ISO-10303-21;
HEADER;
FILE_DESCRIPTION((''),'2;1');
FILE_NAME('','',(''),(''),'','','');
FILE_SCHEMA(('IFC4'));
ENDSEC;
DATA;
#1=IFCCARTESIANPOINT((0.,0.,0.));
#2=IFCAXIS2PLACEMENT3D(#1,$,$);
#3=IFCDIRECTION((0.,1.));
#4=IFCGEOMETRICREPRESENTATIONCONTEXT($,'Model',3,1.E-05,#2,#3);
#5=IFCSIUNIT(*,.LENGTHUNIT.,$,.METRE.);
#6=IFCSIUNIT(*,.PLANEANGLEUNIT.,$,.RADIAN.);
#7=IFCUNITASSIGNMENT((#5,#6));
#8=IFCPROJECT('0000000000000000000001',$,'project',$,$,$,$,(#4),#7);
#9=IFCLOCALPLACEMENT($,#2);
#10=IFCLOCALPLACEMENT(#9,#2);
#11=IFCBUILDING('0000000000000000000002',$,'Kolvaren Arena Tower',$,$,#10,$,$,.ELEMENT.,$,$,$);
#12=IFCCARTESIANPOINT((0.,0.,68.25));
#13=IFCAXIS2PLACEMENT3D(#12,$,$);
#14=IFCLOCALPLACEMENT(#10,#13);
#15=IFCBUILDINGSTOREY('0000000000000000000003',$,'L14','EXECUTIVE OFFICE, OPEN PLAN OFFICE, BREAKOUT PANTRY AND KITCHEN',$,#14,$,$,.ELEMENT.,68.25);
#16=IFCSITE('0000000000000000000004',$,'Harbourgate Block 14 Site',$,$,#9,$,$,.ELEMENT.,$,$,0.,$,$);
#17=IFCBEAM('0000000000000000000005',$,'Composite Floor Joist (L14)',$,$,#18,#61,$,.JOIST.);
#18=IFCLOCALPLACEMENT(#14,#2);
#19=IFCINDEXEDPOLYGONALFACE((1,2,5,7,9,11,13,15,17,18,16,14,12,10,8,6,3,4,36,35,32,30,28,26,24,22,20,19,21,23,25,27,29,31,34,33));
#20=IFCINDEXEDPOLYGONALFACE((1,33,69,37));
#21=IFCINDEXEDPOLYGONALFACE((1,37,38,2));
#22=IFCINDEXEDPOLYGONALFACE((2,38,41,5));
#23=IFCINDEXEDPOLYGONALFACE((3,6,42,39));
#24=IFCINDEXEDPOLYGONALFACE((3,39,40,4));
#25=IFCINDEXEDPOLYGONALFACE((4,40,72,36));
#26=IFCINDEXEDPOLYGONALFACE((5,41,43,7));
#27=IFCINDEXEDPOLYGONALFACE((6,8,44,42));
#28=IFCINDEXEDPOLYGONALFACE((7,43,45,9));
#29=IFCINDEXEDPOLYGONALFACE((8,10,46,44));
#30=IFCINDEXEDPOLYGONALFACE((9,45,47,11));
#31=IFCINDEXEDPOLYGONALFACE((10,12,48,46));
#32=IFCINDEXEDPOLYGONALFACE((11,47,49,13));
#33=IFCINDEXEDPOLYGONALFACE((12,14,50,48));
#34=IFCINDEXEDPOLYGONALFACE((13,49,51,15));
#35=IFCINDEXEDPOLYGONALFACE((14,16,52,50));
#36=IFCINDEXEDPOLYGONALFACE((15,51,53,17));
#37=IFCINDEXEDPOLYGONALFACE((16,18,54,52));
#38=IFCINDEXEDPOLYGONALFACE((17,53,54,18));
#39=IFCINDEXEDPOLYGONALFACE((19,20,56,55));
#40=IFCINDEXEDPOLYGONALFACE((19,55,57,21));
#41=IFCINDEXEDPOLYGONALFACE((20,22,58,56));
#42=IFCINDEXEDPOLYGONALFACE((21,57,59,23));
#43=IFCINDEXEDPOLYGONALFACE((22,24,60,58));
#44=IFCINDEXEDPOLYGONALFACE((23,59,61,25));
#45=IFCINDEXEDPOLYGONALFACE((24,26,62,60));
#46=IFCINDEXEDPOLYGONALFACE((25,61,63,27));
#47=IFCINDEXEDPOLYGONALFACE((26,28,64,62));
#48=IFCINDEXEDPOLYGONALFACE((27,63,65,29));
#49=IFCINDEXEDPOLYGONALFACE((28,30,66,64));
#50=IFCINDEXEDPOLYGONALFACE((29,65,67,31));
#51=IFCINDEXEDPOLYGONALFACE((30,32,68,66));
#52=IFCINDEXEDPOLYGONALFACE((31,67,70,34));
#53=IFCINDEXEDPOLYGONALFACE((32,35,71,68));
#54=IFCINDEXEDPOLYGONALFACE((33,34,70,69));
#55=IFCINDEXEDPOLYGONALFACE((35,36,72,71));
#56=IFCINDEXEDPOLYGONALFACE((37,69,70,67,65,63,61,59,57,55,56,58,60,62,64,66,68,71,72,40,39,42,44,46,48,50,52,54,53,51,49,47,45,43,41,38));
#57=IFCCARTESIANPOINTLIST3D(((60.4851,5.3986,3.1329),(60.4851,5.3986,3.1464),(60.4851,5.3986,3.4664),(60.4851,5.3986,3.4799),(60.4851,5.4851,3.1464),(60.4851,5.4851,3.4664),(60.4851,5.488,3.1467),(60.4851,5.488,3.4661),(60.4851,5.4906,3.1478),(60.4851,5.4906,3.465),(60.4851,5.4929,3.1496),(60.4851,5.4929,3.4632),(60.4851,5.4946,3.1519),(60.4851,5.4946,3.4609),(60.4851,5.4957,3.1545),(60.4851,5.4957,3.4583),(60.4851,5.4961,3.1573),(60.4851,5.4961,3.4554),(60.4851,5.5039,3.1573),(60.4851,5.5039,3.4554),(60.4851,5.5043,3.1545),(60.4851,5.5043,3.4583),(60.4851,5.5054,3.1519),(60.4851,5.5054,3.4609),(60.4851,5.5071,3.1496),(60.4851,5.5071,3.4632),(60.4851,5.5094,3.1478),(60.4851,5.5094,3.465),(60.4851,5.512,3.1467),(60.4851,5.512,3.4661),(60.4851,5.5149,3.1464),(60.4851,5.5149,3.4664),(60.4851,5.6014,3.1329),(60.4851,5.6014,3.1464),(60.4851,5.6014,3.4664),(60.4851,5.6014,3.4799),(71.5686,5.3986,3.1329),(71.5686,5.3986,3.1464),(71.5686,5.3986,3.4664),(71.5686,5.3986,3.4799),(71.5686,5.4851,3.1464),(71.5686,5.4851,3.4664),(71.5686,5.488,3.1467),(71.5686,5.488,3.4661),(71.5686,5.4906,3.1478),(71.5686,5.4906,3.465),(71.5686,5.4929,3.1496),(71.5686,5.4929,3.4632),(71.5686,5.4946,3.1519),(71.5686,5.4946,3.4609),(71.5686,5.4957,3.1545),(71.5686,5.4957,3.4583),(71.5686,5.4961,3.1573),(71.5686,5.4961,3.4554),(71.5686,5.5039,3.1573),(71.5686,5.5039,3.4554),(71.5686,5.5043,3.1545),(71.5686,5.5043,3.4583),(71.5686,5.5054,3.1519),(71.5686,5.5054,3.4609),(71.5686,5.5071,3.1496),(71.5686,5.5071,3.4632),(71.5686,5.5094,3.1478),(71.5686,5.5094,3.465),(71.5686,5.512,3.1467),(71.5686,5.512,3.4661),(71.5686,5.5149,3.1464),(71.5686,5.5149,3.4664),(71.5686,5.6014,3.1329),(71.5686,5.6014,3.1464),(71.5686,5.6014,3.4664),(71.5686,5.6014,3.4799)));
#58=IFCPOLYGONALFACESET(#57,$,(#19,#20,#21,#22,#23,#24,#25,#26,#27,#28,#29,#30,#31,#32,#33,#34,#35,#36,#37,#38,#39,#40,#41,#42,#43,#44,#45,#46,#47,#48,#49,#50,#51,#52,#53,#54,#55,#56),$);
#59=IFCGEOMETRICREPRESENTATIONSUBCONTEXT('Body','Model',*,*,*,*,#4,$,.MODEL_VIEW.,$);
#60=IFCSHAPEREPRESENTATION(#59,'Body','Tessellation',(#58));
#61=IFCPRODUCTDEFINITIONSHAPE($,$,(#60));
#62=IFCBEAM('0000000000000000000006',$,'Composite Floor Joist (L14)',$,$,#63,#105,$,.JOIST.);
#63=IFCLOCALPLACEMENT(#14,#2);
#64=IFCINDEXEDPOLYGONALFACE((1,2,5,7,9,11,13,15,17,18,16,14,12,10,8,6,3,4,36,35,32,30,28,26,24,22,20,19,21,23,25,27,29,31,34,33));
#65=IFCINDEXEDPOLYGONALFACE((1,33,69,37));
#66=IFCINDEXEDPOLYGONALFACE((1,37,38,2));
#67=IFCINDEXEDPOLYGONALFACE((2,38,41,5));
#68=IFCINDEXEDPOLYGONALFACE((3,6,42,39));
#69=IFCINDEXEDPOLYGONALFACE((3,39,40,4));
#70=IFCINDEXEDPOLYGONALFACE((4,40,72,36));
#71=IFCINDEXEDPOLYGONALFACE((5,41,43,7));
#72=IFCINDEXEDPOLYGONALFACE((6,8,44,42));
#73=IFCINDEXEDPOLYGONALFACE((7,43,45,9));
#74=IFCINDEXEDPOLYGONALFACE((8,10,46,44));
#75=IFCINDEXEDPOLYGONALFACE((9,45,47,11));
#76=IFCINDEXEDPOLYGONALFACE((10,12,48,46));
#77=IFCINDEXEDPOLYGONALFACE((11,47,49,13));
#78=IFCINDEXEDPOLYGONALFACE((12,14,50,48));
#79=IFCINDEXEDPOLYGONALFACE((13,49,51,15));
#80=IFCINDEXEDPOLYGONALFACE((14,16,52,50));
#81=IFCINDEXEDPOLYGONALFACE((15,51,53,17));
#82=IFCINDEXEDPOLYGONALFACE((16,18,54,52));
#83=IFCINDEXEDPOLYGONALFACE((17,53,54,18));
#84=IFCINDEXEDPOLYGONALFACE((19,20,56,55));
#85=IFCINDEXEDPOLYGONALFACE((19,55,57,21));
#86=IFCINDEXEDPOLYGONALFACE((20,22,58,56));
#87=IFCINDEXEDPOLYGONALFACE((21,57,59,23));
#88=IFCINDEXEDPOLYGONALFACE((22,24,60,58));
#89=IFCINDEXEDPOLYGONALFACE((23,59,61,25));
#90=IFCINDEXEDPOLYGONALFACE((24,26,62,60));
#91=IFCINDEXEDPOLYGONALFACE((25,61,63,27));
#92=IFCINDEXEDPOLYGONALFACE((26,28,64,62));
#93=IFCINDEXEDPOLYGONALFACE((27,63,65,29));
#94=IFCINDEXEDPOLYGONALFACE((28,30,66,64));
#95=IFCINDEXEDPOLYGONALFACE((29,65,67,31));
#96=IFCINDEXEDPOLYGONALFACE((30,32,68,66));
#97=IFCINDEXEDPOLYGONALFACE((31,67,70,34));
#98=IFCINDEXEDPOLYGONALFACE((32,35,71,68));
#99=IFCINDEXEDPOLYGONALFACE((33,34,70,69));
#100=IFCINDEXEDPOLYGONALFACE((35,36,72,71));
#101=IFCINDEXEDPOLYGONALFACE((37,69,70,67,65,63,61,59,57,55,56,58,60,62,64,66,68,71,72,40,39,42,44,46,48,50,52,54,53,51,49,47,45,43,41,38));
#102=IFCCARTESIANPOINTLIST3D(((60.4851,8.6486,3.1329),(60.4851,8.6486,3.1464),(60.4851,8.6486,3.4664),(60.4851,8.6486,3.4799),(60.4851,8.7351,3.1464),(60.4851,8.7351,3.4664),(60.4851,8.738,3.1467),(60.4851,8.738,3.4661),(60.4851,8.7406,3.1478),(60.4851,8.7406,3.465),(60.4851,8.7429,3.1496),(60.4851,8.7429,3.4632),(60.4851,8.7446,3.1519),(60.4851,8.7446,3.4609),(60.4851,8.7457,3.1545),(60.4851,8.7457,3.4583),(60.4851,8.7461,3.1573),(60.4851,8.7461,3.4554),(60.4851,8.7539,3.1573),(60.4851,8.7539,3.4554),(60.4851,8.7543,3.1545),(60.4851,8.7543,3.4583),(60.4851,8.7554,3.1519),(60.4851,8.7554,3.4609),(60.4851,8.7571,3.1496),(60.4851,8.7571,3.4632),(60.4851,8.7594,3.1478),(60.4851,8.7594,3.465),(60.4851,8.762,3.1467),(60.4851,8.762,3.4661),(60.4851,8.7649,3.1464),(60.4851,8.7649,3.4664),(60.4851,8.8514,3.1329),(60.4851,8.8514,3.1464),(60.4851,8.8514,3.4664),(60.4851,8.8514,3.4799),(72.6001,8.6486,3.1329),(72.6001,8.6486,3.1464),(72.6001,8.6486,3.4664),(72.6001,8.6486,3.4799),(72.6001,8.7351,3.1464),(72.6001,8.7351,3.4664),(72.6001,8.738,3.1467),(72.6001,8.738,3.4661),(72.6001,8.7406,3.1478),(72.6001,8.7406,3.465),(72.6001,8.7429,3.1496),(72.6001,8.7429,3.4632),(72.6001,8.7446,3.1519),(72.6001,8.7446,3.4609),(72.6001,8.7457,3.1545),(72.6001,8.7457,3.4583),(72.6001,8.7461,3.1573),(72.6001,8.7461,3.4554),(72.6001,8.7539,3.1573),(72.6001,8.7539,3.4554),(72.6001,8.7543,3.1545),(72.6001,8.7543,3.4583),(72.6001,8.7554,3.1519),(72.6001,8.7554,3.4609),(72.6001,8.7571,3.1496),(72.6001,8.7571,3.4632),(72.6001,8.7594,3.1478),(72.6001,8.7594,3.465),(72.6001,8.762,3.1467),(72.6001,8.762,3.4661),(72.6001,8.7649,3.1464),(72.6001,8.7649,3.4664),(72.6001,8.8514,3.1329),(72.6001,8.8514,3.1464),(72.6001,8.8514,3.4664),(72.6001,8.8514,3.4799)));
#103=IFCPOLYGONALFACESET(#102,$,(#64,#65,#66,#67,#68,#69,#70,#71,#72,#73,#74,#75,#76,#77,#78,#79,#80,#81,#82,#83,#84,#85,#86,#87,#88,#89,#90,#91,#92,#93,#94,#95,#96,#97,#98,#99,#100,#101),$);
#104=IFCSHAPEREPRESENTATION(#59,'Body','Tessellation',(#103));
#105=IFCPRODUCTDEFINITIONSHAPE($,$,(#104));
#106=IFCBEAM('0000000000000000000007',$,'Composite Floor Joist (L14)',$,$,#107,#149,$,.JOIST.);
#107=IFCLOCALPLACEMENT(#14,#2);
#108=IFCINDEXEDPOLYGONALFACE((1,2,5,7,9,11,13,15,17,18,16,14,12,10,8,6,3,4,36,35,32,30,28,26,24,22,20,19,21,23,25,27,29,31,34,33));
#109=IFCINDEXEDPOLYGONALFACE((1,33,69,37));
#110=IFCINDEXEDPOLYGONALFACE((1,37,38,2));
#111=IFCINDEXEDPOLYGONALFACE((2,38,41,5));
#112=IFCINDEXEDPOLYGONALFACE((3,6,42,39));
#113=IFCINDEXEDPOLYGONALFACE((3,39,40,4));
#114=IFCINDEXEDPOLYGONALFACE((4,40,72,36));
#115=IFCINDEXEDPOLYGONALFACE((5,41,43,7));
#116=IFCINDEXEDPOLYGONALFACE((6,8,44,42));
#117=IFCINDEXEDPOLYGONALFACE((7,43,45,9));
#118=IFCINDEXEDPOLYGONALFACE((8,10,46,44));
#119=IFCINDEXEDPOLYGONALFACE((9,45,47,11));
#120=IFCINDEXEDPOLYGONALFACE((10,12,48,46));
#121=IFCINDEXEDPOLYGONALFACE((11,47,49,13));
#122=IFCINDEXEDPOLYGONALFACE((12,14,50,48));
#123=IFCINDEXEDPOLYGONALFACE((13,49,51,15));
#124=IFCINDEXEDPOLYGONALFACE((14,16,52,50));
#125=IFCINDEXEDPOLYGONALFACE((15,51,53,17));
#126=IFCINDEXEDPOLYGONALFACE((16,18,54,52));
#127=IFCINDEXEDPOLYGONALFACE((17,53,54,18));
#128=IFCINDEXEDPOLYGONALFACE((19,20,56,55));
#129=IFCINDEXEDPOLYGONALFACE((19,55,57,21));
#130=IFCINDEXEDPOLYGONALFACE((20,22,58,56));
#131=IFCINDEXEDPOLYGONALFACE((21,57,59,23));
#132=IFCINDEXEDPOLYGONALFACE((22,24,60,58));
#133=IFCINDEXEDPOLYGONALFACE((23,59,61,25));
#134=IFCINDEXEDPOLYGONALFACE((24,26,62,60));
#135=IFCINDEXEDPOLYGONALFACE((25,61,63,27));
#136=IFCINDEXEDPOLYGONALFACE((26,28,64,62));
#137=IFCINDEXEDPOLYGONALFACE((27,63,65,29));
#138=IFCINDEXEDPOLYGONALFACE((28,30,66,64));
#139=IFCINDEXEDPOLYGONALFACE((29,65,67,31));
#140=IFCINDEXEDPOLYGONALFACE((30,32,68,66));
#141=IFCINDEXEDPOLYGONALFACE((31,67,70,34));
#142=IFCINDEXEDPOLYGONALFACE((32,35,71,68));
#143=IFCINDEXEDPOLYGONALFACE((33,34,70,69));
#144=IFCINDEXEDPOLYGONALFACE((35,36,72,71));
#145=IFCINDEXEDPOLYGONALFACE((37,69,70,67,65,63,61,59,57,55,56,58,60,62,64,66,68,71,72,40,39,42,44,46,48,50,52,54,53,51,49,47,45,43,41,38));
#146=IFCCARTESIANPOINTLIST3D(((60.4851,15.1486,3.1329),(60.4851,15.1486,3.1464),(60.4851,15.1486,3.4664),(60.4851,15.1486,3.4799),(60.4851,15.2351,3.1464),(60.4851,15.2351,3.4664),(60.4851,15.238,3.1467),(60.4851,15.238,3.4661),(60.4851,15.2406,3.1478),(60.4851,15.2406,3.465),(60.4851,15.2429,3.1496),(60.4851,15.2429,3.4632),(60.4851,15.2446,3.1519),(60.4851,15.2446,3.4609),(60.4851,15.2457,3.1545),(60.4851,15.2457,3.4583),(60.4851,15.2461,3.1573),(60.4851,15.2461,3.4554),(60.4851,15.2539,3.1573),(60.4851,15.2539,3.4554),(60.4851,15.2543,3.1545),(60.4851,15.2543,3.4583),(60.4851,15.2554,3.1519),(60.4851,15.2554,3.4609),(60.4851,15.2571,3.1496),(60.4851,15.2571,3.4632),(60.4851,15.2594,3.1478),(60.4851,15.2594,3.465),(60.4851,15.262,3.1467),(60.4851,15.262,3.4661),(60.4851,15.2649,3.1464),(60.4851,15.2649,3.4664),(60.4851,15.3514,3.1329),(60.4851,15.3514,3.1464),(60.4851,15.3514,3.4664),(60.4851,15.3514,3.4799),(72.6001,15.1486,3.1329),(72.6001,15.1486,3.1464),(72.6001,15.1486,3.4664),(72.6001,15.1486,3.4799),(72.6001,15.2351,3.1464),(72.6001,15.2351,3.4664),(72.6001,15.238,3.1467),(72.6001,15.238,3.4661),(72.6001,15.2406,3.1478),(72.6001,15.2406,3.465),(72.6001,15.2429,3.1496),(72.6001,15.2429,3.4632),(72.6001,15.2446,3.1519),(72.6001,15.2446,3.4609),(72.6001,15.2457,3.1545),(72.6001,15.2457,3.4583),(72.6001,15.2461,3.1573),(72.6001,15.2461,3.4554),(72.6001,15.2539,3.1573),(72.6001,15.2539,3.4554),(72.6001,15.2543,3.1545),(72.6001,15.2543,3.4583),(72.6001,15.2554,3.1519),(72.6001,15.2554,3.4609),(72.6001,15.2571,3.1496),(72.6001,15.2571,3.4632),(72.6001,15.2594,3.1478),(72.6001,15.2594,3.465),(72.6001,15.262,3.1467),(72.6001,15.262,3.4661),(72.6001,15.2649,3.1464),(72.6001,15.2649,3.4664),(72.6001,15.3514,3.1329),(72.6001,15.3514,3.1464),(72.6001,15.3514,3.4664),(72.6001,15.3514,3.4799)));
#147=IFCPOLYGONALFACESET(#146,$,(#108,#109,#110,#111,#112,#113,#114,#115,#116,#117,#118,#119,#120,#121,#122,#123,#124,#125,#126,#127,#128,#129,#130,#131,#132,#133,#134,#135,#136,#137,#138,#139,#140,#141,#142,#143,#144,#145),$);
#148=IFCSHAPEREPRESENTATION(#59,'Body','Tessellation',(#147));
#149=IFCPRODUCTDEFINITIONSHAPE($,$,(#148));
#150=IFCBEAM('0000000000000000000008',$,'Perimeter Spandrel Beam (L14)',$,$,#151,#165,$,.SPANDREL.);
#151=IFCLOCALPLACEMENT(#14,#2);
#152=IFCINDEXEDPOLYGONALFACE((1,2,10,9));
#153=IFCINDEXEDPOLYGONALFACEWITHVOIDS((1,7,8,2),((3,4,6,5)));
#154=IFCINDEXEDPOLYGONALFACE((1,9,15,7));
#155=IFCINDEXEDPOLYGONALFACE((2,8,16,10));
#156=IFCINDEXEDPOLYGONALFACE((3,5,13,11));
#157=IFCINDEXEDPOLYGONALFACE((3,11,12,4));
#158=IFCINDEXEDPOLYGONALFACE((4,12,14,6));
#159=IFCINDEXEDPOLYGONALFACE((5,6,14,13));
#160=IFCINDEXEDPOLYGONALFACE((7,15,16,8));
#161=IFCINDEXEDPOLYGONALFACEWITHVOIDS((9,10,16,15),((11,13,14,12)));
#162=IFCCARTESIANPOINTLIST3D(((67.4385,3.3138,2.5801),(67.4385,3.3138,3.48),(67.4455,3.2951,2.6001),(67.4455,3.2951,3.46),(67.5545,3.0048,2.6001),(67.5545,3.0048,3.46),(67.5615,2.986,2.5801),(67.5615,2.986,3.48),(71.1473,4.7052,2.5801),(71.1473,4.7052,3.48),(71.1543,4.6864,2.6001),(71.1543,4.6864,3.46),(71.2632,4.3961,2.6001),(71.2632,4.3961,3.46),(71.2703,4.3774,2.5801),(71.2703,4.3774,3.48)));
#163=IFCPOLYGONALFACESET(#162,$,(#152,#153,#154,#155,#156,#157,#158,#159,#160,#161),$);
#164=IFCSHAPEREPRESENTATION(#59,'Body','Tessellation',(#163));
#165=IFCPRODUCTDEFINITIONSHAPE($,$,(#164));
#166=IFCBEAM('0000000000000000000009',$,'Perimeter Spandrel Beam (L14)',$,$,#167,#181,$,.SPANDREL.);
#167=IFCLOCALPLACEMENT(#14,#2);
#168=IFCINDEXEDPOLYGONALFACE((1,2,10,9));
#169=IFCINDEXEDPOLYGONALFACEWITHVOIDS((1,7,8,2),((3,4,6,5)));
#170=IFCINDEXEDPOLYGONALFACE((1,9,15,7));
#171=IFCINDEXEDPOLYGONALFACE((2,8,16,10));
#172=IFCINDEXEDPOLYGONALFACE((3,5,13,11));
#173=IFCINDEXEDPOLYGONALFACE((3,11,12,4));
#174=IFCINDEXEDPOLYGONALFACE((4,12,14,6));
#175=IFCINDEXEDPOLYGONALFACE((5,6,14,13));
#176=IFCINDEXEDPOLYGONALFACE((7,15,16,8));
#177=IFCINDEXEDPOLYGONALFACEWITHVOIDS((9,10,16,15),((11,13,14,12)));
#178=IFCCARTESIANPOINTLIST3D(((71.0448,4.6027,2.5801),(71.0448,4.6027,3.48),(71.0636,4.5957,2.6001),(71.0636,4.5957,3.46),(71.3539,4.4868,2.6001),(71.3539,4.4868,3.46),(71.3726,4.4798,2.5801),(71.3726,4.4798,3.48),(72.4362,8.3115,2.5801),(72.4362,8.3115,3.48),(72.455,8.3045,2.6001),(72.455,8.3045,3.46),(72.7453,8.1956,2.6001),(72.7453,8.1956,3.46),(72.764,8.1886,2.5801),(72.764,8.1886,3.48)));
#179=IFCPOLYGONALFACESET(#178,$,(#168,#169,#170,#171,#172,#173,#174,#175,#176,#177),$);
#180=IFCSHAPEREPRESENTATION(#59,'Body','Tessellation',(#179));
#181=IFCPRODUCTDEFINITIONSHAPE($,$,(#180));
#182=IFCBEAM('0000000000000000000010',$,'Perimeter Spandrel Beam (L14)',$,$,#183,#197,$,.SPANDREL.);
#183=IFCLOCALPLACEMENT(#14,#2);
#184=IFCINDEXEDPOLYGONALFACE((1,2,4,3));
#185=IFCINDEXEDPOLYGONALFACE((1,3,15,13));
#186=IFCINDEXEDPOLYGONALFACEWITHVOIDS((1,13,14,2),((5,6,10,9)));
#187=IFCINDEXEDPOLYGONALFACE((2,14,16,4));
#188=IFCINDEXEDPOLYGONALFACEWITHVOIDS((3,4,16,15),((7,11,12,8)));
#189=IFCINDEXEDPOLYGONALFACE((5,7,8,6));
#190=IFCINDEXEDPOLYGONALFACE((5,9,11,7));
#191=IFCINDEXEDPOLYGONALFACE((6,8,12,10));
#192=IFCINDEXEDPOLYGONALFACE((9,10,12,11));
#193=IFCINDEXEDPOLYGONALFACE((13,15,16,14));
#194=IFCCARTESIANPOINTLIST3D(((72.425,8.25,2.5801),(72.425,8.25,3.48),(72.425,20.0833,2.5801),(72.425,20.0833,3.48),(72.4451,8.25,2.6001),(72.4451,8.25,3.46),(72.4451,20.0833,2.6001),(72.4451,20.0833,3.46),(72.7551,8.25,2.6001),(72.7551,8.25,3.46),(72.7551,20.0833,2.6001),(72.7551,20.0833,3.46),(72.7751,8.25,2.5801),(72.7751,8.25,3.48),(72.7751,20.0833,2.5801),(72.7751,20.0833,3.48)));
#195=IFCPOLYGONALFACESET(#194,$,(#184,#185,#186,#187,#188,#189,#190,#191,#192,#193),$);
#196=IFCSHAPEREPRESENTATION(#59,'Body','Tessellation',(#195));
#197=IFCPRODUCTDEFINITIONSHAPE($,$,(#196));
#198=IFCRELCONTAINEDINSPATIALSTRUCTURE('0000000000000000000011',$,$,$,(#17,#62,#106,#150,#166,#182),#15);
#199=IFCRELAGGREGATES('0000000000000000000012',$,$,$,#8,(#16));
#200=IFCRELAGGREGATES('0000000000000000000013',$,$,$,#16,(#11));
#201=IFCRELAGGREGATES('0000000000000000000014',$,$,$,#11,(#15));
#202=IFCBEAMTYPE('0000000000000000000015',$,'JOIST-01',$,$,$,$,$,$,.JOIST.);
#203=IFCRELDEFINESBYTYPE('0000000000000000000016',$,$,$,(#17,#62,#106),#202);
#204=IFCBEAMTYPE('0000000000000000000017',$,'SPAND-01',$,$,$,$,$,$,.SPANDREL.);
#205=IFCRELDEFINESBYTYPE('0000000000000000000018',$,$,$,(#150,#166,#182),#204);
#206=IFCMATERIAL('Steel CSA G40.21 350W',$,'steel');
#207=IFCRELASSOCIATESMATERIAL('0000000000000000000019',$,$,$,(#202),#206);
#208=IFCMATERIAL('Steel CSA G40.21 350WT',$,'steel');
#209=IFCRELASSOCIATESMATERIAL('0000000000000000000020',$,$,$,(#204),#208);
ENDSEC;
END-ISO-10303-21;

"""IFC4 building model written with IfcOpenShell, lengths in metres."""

from ifc_helpers import new_model, si_unit, direction, frame, origin, origin_2d, place, context, subcontext, project, spatial, hollow_rectangle, i_section, extrude, material, material_profile, profile_set, type_object, element, save


model = new_model("IFC4")

# Units and contexts
model_context = context("Model", 3, precision=1e-05, world=origin(), true_north=direction((0.0, 1.0)))
body_context = subcontext(model_context, "Body", "Model", "MODEL_VIEW")
ifc_project = project(units=[si_unit("LENGTHUNIT", "METRE"), si_unit("PLANEANGLEUNIT", "RADIAN")], contexts=[model_context])

# Site, building, storey
site_placement = place(None, origin())
site = spatial("IfcSite", under=ifc_project, at=site_placement, Name="Harbourgate Block 14 Site", CompositionType="ELEMENT", RefElevation=0.0)
building_placement = place(site_placement, origin())
building = spatial("IfcBuilding", under=site, at=building_placement, Name="Kolvaren Arena Tower", CompositionType="ELEMENT")
storey_placement = place(building_placement, frame((0.0, 0.0, 68.25)))
storey = spatial("IfcBuildingStorey", under=building, at=storey_placement, Name="L14", Description="EXECUTIVE OFFICE, OPEN PLAN OFFICE, BREAKOUT PANTRY AND KITCHEN", CompositionType="ELEMENT", Elevation=68.25)

# Beams
ifc_material_1 = material(Name="Steel CSA G40.21 350W", Category="steel")
ifc_material_profile_1 = material_profile(ifc_material_1, i_section(OverallWidth=0.2029, OverallDepth=0.3469, WebThickness=0.0078, FlangeThickness=0.0134, FilletRadius=0.011, at=origin_2d()), Name="W360x64")
ifc_profile_set_1 = profile_set([ifc_material_profile_1], Name="Steel CSA G40.21 350W")
beam_type_1 = type_object("IfcBeamType", Name="JOIST-01", PredefinedType="JOIST", material=ifc_profile_set_1)
beam_1_placement = place(storey_placement, frame((60.4851, 5.5, 3.3064), z_axis=(1.0, 0.0, 0.0), x_axis=(0.0, 1.0, 0.0)))
element("IfcBeam", 1, at=beam_1_placement, inside=storey, type_object=beam_type_1, Name="Composite Floor Joist (L14)", PredefinedType="JOIST", context=body_context, shape_type="SweptSolid", body=[
    extrude(i_section(OverallWidth=0.2029, OverallDepth=0.3469, WebThickness=0.0078, FlangeThickness=0.0134, FilletRadius=0.011, at=origin_2d()), origin(), (0.0, 0.0, 1.0), 11.0835),
])
for number, where, z_axis, x_axis, name in (
    (2, (60.4851, 8.75, 3.3064), (1.0, 0.0, 0.0), (0.0, 1.0, 0.0), "Composite Floor Joist (L14)"),
    (3, (60.4851, 15.25, 3.3064), (1.0, 0.0, 0.0), (0.0, 1.0, 0.0), "Composite Floor Joist (L14)"),
):
    element("IfcBeam", number, at=place(storey_placement, frame(where, z_axis=z_axis, x_axis=x_axis)), inside=storey, type_object=beam_type_1, Name=name, PredefinedType="JOIST", context=body_context, shape_type="SweptSolid", body=[
        extrude(i_section(OverallWidth=0.2029, OverallDepth=0.3469, WebThickness=0.0078, FlangeThickness=0.0134, FilletRadius=0.011, at=origin_2d()), origin(), (0.0, 0.0, 1.0), 12.115),
    ])
ifc_material_2 = material(Name="Steel CSA G40.21 350WT", Category="steel")
ifc_material_profile_2 = material_profile(ifc_material_2, hollow_rectangle(XDim=0.3501, YDim=0.8999, WallThickness=0.02, at=origin_2d()), Name="HSS 900x350x20")
ifc_profile_set_2 = profile_set([ifc_material_profile_2], Name="Steel CSA G40.21 350WT")
beam_type_2 = type_object("IfcBeamType", Name="SPAND-01", PredefinedType="SPANDREL", material=ifc_profile_set_2)
for number, where, z_axis, x_axis, name in (
    (4, (67.5, 3.1499, 3.03), (0.936281, 0.351252, 0.0), (-0.351252, 0.936281, 0.0), "Perimeter Spandrel Beam (L14)"),
    (5, (71.2087, 4.5413, 3.03), (0.351252, 0.936281, 0.0), (-0.936281, 0.351252, 0.0), "Perimeter Spandrel Beam (L14)"),
):
    element("IfcBeam", number, at=place(storey_placement, frame(where, z_axis=z_axis, x_axis=x_axis)), inside=storey, type_object=beam_type_2, Name=name, PredefinedType="SPANDREL", context=body_context, shape_type="SweptSolid", body=[
        extrude(hollow_rectangle(XDim=0.3501, YDim=0.8999, WallThickness=0.02, at=origin_2d()), origin(), (0.0, 0.0, 1.0), 3.9612),
    ])
beam_2_placement = place(storey_placement, frame((72.6001, 8.25, 3.03), z_axis=(0.0, 1.0, 0.0), x_axis=(-1.0, 0.0, 0.0)))
element("IfcBeam", 6, at=beam_2_placement, inside=storey, type_object=beam_type_2, Name="Perimeter Spandrel Beam (L14)", PredefinedType="SPANDREL", context=body_context, shape_type="SweptSolid", body=[
    extrude(hollow_rectangle(XDim=0.3501, YDim=0.8999, WallThickness=0.02, at=origin_2d()), origin(), (0.0, 0.0, 1.0), 11.8333),
])

save(model, "model.ifc")
